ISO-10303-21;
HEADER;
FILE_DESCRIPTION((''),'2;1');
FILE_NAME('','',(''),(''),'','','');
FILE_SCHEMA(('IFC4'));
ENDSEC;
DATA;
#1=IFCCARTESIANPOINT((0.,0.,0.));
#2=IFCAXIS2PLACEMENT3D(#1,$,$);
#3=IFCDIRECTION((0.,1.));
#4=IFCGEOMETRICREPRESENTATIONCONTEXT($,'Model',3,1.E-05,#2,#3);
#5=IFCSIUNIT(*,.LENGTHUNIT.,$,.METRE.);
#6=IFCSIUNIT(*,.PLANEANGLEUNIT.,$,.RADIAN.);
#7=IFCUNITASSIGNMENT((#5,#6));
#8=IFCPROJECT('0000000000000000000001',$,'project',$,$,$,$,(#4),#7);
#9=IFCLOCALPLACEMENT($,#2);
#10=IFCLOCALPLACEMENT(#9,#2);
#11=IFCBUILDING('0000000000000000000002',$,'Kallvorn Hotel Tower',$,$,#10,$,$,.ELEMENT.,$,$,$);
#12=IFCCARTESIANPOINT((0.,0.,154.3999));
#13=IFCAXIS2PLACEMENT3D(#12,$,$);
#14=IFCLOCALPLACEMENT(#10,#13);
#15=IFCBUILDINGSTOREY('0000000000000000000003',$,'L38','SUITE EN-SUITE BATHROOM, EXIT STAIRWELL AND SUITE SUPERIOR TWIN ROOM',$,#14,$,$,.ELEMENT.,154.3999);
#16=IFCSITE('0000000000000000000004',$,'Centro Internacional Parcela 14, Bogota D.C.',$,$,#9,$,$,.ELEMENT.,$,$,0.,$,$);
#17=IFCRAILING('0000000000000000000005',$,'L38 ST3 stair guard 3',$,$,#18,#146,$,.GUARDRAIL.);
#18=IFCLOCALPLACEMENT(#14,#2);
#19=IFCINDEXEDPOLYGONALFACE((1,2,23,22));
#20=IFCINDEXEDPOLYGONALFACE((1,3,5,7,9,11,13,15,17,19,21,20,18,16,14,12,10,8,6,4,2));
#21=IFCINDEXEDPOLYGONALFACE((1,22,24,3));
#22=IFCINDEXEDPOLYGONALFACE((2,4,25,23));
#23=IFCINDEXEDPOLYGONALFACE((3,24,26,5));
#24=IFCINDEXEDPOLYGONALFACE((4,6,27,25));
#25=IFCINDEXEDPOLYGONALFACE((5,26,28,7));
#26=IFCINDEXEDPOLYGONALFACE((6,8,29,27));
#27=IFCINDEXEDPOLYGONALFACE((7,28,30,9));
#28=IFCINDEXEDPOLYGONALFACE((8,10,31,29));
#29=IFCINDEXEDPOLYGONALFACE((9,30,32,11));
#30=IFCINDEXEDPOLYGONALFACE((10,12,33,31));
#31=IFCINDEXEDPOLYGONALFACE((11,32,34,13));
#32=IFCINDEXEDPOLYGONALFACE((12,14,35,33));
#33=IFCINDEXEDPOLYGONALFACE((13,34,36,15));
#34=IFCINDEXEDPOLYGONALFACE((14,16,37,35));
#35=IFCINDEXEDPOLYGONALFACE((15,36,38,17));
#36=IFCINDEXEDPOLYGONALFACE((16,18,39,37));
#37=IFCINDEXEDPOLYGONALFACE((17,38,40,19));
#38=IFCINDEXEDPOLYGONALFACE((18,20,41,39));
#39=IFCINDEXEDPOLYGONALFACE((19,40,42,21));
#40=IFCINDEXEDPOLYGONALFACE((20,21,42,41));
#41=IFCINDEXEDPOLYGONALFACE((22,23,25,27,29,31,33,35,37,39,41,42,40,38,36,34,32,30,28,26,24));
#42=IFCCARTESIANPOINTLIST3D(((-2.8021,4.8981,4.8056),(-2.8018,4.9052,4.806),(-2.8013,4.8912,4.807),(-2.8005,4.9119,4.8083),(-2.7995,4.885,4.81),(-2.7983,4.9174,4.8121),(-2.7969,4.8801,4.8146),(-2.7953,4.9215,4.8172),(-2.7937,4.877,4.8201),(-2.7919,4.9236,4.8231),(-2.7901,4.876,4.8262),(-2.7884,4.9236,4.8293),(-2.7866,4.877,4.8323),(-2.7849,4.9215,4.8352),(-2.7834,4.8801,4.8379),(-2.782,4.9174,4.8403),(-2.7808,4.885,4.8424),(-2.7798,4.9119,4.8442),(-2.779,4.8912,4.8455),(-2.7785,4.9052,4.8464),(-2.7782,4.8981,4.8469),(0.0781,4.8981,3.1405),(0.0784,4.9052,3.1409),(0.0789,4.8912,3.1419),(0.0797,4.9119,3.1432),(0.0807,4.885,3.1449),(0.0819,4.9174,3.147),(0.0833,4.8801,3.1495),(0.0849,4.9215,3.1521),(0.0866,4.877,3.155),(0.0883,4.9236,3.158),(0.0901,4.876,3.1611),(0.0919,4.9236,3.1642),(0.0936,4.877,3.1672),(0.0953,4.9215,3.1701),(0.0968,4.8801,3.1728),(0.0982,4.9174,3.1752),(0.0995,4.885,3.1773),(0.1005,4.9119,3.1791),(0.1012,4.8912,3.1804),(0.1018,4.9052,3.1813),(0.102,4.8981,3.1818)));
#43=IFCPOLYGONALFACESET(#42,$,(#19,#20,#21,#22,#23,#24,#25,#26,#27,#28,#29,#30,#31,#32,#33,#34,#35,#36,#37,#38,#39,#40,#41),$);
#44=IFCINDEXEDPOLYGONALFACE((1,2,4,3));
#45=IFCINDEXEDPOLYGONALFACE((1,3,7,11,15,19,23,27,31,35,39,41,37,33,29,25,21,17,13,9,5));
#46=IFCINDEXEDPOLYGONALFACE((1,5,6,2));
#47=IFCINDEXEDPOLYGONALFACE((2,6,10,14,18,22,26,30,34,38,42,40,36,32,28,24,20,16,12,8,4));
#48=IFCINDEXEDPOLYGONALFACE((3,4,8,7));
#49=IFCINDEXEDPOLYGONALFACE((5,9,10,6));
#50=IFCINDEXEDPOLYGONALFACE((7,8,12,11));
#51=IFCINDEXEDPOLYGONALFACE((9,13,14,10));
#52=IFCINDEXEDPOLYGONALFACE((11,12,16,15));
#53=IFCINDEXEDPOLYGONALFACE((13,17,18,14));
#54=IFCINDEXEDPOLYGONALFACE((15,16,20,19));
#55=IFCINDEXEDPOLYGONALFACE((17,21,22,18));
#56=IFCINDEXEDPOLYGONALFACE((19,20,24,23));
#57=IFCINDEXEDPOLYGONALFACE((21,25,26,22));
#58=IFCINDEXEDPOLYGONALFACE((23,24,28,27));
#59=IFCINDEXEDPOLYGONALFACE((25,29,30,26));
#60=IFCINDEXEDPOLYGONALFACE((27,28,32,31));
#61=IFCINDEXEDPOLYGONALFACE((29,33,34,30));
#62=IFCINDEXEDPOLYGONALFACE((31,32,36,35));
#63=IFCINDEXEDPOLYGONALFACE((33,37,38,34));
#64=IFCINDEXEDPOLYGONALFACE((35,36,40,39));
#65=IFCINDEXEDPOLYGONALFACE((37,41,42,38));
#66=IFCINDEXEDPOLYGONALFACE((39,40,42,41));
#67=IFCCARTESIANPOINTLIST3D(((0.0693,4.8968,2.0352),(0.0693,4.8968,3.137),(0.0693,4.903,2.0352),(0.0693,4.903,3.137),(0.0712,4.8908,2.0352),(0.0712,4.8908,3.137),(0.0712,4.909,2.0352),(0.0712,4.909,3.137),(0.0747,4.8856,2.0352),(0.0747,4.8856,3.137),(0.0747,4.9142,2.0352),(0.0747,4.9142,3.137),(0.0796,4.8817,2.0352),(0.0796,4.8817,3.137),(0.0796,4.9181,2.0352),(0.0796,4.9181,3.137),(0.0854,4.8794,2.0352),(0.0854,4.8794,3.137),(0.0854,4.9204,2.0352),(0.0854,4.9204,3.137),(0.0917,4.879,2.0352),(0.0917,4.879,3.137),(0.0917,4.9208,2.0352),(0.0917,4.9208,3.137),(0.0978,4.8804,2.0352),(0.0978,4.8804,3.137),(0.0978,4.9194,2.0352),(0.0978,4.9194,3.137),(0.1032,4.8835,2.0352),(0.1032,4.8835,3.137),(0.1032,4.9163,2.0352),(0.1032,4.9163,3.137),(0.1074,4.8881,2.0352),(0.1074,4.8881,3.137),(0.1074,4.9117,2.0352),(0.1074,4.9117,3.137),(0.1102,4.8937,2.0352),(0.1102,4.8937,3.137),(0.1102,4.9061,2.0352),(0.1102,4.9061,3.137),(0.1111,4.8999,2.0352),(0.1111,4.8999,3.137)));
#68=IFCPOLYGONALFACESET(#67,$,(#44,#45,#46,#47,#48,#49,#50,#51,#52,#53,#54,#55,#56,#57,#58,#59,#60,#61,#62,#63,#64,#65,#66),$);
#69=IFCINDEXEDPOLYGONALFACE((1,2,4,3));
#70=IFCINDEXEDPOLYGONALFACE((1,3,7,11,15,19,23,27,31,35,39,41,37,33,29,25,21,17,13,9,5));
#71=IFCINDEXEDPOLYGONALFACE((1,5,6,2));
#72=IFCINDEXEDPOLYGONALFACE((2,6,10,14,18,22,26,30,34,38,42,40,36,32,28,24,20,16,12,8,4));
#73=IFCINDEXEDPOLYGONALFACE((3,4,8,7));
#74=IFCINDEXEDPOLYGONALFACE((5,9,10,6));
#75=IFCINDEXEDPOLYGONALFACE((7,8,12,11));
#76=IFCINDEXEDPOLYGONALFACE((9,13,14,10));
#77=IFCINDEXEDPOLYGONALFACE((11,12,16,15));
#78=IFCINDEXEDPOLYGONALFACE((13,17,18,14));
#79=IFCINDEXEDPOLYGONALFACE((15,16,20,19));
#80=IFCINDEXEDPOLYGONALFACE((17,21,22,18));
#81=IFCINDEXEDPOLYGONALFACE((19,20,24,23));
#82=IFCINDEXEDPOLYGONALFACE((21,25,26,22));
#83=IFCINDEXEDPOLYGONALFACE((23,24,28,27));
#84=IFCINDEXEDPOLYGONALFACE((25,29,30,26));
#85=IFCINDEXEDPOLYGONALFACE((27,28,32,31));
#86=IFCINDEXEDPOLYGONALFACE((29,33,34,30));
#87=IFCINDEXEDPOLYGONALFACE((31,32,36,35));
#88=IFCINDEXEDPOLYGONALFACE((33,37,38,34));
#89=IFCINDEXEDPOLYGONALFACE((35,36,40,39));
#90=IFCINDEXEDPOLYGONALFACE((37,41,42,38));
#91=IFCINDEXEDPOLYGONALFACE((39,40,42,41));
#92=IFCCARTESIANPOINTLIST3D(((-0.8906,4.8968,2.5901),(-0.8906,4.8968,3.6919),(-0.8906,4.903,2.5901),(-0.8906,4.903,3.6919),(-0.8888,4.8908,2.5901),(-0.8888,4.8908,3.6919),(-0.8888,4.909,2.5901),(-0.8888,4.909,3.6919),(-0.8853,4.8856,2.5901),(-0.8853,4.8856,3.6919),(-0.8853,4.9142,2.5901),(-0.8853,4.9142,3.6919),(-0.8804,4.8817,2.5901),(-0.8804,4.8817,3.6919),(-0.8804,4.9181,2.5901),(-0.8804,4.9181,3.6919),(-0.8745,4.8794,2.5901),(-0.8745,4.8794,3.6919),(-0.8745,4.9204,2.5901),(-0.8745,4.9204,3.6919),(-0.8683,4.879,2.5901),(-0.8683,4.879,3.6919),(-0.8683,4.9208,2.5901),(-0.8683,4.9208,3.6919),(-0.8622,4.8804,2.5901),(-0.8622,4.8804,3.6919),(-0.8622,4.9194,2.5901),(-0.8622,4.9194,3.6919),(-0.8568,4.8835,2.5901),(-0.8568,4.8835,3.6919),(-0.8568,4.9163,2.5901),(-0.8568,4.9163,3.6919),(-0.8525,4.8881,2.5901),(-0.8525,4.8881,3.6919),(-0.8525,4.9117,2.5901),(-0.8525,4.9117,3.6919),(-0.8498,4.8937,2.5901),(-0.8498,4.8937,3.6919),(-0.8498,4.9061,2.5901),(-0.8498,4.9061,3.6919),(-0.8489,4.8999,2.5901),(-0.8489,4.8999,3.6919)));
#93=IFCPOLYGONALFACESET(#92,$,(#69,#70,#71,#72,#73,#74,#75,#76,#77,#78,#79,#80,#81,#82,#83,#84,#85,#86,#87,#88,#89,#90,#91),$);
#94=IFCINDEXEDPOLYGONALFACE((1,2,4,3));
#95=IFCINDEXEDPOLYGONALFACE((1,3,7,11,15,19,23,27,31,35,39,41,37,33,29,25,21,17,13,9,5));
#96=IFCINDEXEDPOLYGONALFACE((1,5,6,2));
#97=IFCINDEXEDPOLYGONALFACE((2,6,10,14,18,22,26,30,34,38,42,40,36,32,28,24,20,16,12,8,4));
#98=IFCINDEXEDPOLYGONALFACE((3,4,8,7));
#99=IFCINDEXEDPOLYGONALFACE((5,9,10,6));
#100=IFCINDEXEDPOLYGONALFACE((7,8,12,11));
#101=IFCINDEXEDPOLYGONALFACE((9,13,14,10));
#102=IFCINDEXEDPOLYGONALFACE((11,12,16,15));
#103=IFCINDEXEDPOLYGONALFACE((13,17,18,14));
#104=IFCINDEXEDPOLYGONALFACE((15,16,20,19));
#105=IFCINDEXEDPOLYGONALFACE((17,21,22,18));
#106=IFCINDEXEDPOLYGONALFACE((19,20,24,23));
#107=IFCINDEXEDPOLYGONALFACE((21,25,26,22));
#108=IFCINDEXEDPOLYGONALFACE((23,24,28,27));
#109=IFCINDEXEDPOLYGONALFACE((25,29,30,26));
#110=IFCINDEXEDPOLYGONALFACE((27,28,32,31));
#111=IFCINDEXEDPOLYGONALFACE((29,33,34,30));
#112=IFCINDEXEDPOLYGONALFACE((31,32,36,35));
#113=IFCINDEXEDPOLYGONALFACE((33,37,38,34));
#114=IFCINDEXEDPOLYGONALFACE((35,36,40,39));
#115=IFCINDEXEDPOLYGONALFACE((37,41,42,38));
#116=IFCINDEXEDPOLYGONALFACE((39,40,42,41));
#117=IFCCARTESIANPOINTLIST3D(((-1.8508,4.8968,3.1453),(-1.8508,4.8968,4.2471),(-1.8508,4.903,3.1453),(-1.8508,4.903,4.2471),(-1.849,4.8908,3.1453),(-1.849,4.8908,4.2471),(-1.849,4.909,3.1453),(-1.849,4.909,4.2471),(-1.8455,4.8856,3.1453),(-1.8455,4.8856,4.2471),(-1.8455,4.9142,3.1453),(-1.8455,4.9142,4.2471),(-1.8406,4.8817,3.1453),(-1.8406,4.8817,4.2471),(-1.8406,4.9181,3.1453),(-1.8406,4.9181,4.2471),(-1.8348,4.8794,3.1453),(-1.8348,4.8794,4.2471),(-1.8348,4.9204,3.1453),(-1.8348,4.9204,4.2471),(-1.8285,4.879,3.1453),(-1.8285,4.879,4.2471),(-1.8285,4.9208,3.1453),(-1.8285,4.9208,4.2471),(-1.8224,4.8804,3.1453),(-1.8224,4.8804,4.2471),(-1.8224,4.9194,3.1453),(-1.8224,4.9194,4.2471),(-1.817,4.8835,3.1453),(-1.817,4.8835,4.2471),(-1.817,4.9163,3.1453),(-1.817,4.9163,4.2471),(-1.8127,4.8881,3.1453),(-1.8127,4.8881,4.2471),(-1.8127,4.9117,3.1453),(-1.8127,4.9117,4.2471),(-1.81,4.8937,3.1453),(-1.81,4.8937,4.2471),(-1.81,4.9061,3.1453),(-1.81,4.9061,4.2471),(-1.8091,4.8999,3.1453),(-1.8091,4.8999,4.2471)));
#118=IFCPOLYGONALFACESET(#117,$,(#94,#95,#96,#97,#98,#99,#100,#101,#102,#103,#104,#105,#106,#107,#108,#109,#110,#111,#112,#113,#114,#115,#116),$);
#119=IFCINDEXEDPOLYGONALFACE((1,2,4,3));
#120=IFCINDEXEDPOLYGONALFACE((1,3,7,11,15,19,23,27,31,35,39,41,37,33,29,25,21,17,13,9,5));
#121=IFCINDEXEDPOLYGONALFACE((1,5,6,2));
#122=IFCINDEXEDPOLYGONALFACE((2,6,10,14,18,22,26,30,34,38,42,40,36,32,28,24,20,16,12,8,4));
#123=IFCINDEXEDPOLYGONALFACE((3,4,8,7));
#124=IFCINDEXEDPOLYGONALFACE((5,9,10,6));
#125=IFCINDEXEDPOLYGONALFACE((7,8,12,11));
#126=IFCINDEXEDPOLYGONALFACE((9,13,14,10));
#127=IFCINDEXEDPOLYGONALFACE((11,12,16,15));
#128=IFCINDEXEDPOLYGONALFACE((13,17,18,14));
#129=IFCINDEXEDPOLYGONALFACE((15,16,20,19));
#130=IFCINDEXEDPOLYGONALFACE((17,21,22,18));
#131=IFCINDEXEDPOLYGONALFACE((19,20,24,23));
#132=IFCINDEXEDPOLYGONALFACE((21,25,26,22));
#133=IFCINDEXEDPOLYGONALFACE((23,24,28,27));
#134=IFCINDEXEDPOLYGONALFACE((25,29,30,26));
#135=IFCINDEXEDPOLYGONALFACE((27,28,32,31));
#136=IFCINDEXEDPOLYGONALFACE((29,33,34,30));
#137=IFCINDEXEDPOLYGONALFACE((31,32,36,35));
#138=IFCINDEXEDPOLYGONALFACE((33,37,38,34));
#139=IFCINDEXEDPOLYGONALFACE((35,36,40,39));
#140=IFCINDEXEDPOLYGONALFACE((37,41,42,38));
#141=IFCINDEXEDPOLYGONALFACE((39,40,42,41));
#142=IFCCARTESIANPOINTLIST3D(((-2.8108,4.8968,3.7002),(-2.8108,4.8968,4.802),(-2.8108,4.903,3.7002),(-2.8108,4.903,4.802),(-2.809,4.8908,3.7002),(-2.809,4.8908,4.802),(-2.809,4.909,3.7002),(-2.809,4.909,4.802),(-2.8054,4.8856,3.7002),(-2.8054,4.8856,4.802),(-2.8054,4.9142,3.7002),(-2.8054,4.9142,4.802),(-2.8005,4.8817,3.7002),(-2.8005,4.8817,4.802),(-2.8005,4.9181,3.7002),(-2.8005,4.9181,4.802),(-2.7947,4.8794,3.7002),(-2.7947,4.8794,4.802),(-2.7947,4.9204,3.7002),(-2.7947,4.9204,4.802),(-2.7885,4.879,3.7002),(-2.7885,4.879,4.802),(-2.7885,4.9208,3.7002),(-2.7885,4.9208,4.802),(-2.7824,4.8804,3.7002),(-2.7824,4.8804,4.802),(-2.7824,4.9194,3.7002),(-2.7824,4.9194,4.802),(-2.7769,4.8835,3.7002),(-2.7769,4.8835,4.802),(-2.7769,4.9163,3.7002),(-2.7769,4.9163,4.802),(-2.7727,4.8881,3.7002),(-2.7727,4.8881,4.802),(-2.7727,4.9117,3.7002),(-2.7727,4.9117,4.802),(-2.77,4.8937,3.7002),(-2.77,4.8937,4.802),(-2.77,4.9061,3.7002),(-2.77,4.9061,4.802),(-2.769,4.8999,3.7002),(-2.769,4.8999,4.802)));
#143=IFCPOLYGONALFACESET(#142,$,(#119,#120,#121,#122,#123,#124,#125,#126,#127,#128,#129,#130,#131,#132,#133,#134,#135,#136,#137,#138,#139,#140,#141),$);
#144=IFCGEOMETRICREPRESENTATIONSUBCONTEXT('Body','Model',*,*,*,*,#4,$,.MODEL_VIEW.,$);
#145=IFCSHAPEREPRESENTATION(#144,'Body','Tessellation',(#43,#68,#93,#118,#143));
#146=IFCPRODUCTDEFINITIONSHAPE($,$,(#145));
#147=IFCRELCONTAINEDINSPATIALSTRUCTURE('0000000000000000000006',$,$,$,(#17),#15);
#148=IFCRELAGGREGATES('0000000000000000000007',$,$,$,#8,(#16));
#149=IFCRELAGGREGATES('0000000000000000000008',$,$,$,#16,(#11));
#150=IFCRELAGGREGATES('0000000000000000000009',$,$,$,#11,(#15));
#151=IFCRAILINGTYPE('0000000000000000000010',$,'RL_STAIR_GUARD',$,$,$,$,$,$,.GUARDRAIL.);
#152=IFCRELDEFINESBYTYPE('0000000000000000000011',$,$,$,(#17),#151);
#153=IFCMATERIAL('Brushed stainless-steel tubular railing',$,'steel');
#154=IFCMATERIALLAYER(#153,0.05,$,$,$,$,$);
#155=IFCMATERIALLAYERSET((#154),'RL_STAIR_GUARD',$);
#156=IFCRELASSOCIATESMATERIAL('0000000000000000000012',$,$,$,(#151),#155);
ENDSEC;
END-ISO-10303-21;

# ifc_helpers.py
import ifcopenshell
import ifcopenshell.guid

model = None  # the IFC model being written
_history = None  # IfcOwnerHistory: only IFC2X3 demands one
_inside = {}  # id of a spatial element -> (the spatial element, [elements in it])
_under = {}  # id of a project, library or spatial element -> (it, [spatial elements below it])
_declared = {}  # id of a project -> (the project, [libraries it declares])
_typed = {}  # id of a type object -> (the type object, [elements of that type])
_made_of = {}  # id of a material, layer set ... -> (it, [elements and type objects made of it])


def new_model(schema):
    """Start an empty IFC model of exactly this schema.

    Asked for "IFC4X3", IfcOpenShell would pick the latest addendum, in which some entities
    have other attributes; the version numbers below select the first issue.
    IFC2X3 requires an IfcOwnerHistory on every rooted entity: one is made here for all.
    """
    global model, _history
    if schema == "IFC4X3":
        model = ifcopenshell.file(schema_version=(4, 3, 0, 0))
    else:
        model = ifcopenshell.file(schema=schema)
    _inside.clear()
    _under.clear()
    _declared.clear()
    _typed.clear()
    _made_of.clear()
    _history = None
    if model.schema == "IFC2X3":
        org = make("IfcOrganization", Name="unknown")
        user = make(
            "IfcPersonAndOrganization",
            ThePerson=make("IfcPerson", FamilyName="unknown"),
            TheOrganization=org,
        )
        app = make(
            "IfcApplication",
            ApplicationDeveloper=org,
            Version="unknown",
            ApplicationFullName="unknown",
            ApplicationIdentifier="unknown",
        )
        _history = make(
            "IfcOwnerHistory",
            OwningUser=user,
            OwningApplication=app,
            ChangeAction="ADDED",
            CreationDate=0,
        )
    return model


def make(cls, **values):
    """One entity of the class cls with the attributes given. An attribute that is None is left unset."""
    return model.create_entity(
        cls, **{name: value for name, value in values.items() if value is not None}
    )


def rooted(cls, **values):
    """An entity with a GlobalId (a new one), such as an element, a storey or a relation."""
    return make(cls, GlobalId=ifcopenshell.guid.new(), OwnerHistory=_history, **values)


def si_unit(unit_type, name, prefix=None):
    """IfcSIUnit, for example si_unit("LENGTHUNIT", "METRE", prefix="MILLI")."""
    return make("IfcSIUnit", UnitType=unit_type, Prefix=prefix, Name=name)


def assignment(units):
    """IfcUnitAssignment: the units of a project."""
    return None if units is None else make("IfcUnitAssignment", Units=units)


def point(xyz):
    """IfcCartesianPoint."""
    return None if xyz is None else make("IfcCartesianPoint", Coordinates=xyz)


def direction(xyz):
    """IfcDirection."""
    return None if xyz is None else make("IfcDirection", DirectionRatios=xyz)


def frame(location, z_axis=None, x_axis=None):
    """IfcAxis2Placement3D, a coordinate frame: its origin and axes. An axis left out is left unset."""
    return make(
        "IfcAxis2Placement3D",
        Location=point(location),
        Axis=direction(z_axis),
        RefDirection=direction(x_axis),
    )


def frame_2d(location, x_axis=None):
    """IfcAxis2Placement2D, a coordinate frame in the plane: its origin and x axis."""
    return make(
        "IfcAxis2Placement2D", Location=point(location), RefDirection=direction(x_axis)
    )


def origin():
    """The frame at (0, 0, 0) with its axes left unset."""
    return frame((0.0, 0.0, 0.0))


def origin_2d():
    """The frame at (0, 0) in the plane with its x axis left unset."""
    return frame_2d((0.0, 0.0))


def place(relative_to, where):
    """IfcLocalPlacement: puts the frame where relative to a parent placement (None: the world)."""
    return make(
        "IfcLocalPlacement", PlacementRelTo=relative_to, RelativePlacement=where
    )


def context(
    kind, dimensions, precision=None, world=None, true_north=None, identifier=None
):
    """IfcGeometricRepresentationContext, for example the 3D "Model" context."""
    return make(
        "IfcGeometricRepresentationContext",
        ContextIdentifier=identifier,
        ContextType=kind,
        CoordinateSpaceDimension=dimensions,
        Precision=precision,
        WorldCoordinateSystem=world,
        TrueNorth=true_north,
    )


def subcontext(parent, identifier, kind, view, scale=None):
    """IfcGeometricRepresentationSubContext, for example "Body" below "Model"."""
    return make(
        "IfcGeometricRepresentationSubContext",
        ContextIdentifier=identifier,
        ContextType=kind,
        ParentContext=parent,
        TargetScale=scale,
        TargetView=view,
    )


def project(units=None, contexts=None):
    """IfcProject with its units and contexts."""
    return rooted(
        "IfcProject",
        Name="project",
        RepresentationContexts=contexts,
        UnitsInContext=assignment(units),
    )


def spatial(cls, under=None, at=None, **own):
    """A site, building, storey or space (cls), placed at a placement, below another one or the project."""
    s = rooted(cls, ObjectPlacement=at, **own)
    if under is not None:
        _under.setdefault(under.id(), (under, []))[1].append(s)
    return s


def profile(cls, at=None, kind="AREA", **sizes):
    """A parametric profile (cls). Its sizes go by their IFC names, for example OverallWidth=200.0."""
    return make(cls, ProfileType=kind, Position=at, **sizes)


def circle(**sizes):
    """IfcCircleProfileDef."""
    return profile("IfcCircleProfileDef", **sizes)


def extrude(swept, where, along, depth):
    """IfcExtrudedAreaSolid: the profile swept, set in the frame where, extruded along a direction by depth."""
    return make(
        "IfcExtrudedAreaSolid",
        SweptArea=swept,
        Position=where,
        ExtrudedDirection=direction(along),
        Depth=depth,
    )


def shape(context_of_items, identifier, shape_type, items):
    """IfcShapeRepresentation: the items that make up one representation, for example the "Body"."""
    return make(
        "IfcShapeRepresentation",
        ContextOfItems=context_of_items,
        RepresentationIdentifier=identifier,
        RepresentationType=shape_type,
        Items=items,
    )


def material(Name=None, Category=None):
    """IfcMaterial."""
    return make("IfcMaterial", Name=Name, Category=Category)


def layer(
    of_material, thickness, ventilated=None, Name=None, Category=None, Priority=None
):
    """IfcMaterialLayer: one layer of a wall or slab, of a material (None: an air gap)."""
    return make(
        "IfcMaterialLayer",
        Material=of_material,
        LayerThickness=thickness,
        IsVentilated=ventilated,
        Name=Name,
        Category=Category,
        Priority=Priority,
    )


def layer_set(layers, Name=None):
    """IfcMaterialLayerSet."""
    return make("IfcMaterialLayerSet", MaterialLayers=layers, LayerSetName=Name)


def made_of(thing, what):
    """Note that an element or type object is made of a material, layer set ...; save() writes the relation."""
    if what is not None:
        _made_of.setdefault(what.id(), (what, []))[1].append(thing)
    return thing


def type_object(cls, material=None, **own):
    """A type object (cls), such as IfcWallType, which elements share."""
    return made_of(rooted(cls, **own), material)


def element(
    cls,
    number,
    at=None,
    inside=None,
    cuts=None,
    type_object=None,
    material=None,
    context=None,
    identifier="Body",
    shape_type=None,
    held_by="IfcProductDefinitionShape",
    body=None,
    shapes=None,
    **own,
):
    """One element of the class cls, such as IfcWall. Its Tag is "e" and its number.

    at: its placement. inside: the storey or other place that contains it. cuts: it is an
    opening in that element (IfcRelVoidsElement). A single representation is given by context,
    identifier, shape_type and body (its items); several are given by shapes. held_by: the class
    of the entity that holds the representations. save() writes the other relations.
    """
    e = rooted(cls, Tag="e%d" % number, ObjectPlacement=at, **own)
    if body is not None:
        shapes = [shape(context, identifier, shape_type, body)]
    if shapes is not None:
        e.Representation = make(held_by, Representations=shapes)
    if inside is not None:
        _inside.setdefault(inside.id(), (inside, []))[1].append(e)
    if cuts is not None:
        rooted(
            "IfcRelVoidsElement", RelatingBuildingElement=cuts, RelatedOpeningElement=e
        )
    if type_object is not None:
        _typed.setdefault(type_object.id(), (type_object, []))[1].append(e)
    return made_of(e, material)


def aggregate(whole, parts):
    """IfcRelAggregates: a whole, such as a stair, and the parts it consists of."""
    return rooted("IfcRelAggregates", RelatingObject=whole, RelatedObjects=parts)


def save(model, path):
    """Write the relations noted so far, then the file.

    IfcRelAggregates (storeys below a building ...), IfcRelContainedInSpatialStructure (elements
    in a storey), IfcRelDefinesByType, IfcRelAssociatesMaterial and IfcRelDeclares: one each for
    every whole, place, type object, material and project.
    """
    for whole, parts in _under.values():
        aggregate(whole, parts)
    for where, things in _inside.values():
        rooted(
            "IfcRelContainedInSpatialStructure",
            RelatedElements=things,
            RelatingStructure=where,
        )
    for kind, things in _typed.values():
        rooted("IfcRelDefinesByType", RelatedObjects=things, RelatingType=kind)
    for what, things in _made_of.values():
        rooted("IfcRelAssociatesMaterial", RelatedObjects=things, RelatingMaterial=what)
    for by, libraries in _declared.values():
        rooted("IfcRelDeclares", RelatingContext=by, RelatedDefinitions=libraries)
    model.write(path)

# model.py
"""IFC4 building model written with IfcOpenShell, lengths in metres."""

from ifc_helpers import new_model, si_unit, direction, frame, origin, origin_2d, place, context, subcontext, project, spatial, circle, extrude, material, layer, layer_set, type_object, element, save


model = new_model("IFC4")

# Units and contexts
model_context = context("Model", 3, precision=1e-05, world=origin(), true_north=direction((0.0, 1.0)))
body_context = subcontext(model_context, "Body", "Model", "MODEL_VIEW")
ifc_project = project(units=[si_unit("LENGTHUNIT", "METRE"), si_unit("PLANEANGLEUNIT", "RADIAN")], contexts=[model_context])

# Site, building, storey
site_placement = place(None, origin())
site = spatial("IfcSite", under=ifc_project, at=site_placement, Name="Centro Internacional Parcela 14, Bogota D.C.", CompositionType="ELEMENT", RefElevation=0.0)
building_placement = place(site_placement, origin())
building = spatial("IfcBuilding", under=site, at=building_placement, Name="Kallvorn Hotel Tower", CompositionType="ELEMENT")
storey_placement = place(building_placement, frame((0.0, 0.0, 154.3999)))
storey = spatial("IfcBuildingStorey", under=building, at=storey_placement, Name="L38", Description="SUITE EN-SUITE BATHROOM, EXIT STAIRWELL AND SUITE SUPERIOR TWIN ROOM", CompositionType="ELEMENT", Elevation=154.3999)

# Railing
ifc_material_1 = material(Name="Brushed stainless-steel tubular railing", Category="steel")
ifc_layer_1 = layer(ifc_material_1, 0.05)
ifc_layer_set_1 = layer_set([ifc_layer_1], Name="RL_STAIR_GUARD")
railing_type_1 = type_object("IfcRailingType", Name="RL_STAIR_GUARD", PredefinedType="GUARDRAIL", material=ifc_layer_set_1)
railing_1_placement = place(storey_placement, frame((0.0901, 4.8999, 2.0352)))
element("IfcRailing", 1, at=railing_1_placement, inside=storey, type_object=railing_type_1, Name="L38 ST3 stair guard 3", PredefinedType="GUARDRAIL", context=body_context, shape_type="SweptSolid", body=[
    extrude(circle(Radius=0.0239, at=origin_2d()), frame((0.0, 0.0, 1.126), z_axis=(-0.865739, 0.0, 0.500495), x_axis=(0.0, -1.0, 0.0)), (0.0, 0.0, 1.0), 3.3269),
    extrude(circle(Radius=0.021, at=origin_2d()), origin(), (0.0, 0.0, 1.0), 1.1018),
    extrude(circle(Radius=0.021, at=origin_2d()), frame((-0.96, 0.0, 0.5549)), (0.0, 0.0, 1.0), 1.1018),
    extrude(circle(Radius=0.021, at=origin_2d()), frame((-1.9202, 0.0, 1.1101)), (0.0, 0.0, 1.0), 1.1018),
    extrude(circle(Radius=0.021, at=origin_2d()), frame((-2.8801, 0.0, 1.665)), (0.0, 0.0, 1.0), 1.1018),
])

save(model, "model.ifc")
